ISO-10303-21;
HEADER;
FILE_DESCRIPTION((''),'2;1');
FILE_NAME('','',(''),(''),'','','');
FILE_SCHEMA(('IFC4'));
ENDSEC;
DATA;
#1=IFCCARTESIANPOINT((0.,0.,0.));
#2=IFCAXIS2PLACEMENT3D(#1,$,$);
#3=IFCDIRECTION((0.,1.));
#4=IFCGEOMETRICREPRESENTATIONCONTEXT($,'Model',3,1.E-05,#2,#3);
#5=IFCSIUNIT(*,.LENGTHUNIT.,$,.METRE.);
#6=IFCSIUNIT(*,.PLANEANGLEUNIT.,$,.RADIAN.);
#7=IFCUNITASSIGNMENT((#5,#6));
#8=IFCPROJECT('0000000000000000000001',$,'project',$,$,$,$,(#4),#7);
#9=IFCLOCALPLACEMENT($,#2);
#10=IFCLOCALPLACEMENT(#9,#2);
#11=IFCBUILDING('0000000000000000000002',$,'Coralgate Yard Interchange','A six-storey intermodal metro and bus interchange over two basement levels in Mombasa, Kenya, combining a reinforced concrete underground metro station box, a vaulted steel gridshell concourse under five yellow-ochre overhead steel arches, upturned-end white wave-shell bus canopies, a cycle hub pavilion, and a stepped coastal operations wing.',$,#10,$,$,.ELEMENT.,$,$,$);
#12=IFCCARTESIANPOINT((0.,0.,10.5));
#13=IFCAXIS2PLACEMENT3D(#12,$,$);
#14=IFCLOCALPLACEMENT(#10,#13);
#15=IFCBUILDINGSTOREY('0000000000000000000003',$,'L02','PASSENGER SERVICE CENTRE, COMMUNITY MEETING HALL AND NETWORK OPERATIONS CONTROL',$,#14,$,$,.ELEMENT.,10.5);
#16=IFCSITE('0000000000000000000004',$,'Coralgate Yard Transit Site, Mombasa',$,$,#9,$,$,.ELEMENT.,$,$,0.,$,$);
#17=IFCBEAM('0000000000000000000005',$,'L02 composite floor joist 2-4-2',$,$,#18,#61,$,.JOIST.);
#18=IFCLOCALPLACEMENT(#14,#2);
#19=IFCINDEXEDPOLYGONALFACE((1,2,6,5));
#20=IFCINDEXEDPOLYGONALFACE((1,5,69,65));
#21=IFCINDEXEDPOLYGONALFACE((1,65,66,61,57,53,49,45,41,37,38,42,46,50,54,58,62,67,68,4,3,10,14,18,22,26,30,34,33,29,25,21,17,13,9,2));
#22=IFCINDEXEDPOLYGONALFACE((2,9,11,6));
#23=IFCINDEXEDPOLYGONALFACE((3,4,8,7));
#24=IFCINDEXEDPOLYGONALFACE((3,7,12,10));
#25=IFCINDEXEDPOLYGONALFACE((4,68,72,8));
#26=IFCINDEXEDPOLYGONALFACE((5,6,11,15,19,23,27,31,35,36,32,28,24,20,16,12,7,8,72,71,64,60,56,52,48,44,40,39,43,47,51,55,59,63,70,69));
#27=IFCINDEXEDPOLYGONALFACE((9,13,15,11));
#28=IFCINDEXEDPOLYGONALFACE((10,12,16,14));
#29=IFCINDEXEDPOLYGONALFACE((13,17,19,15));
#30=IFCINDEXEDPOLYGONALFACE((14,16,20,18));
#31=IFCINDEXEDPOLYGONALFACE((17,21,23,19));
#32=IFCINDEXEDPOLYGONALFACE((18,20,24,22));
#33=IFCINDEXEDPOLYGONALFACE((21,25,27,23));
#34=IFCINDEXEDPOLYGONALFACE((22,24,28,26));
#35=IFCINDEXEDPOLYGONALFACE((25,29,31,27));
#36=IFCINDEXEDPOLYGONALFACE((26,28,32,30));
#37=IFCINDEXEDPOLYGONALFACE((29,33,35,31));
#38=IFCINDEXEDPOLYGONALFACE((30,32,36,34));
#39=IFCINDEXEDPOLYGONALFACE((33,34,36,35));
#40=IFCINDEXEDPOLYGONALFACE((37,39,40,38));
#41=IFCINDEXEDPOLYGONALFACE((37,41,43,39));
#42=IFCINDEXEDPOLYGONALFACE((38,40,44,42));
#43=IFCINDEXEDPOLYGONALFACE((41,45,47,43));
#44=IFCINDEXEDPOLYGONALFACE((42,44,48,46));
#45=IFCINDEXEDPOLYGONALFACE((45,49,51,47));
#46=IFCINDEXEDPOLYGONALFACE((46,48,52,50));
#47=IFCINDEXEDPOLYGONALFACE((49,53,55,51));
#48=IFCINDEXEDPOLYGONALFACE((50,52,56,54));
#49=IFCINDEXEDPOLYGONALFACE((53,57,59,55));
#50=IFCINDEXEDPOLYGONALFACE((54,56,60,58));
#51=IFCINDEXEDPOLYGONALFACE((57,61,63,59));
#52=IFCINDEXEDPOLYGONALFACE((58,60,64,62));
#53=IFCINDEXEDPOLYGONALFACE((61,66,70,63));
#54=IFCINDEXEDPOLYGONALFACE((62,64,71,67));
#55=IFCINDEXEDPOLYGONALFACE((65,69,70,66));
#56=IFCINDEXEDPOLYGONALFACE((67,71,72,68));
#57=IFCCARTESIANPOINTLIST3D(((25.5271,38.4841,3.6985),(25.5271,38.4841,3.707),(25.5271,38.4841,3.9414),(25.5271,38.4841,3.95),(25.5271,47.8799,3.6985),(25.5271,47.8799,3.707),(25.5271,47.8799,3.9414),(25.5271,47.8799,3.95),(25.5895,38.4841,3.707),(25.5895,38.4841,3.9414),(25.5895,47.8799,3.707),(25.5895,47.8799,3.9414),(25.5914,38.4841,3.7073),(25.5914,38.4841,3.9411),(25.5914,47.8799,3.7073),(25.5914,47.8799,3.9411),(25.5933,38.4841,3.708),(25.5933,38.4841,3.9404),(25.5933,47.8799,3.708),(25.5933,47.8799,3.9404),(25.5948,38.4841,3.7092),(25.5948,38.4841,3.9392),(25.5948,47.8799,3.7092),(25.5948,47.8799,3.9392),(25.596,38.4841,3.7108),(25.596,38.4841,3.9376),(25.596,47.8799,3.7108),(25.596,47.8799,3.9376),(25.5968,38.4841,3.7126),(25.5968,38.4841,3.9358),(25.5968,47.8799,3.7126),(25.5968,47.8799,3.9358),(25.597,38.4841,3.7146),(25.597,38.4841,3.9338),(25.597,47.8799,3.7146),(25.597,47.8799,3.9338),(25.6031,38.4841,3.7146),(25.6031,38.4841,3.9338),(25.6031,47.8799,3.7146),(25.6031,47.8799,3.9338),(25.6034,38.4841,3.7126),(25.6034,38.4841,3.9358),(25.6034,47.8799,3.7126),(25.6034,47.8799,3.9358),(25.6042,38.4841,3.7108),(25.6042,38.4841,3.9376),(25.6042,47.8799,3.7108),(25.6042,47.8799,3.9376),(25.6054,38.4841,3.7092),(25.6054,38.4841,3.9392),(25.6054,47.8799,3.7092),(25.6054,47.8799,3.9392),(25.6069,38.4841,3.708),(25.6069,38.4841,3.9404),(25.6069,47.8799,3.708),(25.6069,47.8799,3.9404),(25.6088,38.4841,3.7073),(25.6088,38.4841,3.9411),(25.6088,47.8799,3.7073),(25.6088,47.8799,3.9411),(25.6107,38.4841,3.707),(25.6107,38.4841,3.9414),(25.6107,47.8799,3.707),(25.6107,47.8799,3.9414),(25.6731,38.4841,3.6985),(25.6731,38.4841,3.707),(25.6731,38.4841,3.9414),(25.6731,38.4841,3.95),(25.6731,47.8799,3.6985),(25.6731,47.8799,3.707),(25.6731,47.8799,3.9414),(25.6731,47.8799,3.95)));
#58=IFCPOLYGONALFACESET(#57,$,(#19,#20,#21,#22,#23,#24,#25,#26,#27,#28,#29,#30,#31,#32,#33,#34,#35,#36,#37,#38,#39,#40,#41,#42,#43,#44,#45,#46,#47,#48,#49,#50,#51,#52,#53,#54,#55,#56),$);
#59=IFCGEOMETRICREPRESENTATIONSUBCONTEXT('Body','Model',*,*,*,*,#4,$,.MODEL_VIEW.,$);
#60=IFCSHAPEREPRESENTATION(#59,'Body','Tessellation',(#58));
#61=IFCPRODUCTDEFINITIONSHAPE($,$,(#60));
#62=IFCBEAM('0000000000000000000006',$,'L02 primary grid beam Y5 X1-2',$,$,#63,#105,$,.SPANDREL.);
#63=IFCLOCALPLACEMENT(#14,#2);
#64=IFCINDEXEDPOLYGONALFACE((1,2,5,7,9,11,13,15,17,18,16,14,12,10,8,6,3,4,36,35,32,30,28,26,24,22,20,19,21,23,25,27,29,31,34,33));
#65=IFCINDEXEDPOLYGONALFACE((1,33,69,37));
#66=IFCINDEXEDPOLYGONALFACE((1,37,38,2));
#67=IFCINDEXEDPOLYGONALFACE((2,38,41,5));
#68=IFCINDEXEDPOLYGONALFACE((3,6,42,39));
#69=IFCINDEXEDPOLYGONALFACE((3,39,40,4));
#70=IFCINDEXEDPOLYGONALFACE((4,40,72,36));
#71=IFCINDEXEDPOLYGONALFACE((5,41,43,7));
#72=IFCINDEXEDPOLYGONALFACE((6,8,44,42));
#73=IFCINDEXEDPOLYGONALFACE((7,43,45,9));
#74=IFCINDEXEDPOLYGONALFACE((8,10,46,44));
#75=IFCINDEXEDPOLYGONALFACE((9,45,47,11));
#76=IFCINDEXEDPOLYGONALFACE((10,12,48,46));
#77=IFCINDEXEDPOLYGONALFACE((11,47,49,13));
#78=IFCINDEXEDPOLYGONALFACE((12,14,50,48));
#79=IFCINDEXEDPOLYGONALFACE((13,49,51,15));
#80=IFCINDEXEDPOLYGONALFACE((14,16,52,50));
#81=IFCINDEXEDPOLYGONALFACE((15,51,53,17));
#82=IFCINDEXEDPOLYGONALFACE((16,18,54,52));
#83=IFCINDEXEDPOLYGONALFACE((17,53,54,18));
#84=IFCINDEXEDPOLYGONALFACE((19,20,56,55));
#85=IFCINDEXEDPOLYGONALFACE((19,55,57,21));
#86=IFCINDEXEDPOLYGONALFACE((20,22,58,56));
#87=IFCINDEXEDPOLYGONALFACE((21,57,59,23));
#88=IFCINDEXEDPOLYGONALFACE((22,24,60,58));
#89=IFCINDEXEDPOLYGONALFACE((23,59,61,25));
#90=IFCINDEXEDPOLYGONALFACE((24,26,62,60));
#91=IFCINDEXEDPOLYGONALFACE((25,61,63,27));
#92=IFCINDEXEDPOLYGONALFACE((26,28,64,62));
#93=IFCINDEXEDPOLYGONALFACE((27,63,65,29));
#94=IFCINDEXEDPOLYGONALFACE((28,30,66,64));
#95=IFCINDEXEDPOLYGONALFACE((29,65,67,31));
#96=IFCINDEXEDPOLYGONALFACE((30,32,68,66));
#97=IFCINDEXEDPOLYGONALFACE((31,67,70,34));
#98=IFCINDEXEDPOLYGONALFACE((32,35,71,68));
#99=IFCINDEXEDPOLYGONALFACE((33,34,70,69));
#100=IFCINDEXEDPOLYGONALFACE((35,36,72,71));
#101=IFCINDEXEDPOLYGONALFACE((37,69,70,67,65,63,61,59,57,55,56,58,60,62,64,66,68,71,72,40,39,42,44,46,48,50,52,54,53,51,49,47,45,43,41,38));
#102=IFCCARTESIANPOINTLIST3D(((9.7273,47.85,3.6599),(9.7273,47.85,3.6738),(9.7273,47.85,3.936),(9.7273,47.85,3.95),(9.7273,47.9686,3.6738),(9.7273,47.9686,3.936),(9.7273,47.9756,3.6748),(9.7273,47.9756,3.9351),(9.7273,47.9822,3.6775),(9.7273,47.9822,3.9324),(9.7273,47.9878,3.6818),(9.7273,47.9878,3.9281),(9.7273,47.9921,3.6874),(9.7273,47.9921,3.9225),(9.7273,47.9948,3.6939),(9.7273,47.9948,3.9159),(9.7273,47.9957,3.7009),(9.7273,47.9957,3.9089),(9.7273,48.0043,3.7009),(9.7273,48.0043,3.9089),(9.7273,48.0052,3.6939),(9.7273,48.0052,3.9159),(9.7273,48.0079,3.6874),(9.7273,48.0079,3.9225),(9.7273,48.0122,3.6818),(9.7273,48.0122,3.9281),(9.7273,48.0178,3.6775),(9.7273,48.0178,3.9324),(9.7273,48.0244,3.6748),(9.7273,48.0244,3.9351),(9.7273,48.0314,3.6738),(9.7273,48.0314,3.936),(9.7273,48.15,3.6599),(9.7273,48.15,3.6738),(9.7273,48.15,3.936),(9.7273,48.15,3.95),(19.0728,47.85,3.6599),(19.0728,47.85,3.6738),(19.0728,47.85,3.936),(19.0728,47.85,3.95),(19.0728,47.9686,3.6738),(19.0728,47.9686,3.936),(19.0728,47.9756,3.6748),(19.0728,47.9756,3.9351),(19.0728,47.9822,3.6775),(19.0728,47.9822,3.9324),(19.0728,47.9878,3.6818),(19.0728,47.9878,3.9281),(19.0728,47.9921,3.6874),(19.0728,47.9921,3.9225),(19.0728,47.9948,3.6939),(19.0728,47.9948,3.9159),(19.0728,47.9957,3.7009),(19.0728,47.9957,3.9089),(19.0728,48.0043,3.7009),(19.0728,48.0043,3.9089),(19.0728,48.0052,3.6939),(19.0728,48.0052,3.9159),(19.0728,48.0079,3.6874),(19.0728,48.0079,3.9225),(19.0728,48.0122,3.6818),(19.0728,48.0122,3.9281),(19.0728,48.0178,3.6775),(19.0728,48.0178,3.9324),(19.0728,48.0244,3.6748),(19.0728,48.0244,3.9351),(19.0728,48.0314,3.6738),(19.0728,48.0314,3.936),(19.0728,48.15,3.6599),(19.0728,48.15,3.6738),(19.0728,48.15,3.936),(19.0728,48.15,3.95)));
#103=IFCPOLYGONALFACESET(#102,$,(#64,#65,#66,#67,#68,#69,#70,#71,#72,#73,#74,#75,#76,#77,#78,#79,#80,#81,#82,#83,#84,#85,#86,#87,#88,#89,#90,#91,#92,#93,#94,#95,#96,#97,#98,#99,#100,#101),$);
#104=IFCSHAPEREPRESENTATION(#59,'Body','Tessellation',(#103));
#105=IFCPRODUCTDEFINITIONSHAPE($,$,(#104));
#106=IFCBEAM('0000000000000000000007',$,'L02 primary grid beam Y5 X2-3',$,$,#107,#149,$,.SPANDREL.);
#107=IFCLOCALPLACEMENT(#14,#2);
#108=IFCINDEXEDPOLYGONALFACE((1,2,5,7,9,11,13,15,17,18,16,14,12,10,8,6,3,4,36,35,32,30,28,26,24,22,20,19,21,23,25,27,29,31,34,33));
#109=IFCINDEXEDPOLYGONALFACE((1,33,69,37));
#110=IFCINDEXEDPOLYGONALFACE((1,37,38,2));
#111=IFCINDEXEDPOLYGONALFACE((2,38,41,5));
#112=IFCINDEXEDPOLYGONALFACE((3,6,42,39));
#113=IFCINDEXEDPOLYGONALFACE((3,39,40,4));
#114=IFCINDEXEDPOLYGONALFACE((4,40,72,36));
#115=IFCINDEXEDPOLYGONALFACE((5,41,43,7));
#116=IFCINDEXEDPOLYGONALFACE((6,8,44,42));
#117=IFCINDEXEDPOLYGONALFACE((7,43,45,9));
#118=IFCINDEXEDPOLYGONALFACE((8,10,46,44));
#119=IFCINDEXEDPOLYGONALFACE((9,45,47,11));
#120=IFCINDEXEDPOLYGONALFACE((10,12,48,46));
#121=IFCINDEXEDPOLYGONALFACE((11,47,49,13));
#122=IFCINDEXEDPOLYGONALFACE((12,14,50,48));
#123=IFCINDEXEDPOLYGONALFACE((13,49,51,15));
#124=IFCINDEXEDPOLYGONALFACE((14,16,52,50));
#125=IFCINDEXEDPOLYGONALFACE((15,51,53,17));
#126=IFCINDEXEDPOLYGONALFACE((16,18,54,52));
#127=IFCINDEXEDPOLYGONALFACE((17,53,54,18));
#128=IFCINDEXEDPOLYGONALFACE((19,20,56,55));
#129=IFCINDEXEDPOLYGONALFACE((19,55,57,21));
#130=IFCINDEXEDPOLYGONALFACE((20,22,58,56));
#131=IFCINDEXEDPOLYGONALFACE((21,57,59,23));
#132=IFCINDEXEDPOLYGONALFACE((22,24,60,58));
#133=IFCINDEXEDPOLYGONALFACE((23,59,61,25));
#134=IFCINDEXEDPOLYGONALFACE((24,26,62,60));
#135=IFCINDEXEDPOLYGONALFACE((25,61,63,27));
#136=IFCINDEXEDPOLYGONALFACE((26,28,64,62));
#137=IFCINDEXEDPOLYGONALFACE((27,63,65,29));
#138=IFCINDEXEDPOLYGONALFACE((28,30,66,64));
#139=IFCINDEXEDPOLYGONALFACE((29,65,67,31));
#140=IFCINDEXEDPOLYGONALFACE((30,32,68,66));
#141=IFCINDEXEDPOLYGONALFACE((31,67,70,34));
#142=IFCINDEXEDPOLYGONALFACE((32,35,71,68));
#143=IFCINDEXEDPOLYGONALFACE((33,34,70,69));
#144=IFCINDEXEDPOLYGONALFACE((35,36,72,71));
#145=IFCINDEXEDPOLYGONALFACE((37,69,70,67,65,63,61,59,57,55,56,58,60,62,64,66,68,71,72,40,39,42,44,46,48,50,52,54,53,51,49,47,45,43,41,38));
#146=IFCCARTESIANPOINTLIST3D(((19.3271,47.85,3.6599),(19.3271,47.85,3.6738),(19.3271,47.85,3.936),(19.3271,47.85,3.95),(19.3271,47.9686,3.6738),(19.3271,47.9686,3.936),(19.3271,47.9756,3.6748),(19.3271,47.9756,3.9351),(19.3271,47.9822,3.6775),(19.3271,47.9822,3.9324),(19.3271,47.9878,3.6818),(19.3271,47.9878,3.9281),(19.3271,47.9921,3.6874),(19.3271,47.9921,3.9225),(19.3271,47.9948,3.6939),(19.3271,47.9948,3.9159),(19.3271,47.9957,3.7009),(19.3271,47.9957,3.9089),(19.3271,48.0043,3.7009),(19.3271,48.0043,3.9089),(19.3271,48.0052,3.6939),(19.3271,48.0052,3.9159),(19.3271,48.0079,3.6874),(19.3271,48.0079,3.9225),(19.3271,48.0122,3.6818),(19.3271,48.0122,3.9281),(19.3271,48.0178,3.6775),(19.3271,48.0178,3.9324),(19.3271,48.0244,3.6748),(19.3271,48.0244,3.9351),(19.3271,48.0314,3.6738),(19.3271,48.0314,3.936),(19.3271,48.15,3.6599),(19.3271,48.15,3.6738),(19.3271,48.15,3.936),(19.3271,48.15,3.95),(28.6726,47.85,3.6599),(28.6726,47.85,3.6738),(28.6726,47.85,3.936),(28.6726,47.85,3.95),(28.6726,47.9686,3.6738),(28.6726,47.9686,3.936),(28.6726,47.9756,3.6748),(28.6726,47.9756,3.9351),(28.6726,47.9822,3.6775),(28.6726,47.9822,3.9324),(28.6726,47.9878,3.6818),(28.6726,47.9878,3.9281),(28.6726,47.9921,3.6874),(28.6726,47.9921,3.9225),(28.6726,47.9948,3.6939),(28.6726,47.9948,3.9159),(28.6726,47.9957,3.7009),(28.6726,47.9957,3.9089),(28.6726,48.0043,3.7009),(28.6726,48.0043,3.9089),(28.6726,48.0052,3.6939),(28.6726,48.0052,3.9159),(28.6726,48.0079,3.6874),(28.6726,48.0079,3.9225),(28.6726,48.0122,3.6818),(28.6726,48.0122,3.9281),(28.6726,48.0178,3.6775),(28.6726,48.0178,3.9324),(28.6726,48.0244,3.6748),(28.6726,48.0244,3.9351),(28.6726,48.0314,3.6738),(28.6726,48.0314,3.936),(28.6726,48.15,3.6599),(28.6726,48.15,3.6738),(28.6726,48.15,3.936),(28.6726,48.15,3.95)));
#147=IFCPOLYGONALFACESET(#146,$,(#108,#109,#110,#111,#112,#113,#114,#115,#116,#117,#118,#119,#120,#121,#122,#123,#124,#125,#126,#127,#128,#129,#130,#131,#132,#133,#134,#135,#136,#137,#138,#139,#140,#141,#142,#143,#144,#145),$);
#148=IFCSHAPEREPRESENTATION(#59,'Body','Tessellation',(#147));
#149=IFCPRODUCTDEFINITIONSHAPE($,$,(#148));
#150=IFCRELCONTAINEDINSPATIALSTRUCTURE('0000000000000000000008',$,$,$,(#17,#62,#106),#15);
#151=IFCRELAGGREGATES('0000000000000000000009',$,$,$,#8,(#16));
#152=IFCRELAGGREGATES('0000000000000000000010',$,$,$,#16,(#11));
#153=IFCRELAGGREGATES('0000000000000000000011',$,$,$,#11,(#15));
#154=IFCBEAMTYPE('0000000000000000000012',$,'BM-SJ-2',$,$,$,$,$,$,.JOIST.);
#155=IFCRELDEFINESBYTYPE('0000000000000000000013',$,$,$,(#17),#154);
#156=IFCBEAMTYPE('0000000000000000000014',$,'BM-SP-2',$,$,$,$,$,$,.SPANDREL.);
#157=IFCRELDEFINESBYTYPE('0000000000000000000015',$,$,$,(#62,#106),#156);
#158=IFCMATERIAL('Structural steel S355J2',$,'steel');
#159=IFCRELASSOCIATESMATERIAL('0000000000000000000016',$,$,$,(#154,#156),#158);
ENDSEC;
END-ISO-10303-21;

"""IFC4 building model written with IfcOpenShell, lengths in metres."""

from ifc_helpers import new_model, si_unit, direction, frame, origin, origin_2d, place, context, subcontext, project, spatial, i_section, extrude, material, material_profile, profile_set, type_object, element, save


model = new_model("IFC4")

# Units and contexts
model_context = context("Model", 3, precision=1e-05, world=origin(), true_north=direction((0.0, 1.0)))
body_context = subcontext(model_context, "Body", "Model", "MODEL_VIEW")
ifc_project = project(units=[si_unit("LENGTHUNIT", "METRE"), si_unit("PLANEANGLEUNIT", "RADIAN")], contexts=[model_context])

# Site, building, storey
site_placement = place(None, origin())
site = spatial("IfcSite", under=ifc_project, at=site_placement, Name="Coralgate Yard Transit Site, Mombasa", CompositionType="ELEMENT", RefElevation=0.0)
building_placement = place(site_placement, origin())
building = spatial("IfcBuilding", under=site, at=building_placement, Name="Coralgate Yard Interchange", Description="A six-storey intermodal metro and bus interchange over two basement levels in Mombasa, Kenya, combining a reinforced concrete underground metro station box, a vaulted steel gridshell concourse under five yellow-ochre overhead steel arches, upturned-end white wave-shell bus canopies, a cycle hub pavilion, and a stepped coastal operations wing.", CompositionType="ELEMENT")
storey_placement = place(building_placement, frame((0.0, 0.0, 10.5)))
storey = spatial("IfcBuildingStorey", under=building, at=storey_placement, Name="L02", Description="PASSENGER SERVICE CENTRE, COMMUNITY MEETING HALL AND NETWORK OPERATIONS CONTROL", CompositionType="ELEMENT", Elevation=10.5)

# Shared definitions
ifc_material_1 = material(Name="Structural steel S355J2", Category="steel")

# Beams
ifc_material_profile_1 = material_profile(ifc_material_1, i_section(OverallWidth=0.146, OverallDepth=0.2515, WebThickness=0.0061, FlangeThickness=0.0085, FilletRadius=0.0076, at=origin_2d()), Name="UB 254x146x31")
ifc_profile_set_1 = profile_set([ifc_material_profile_1], Name="Structural steel S355J2")
beam_type_1 = type_object("IfcBeamType", Name="BM-SJ-2", PredefinedType="JOIST", material=ifc_profile_set_1)
for number, where, z_axis, x_axis, name in (
    (1, (25.6001, 38.4841, 3.8242), (0.0, 1.0, 0.0), (-1.0, 0.0, 0.0), "L02 composite floor joist 2-4-2"),
):
    element("IfcBeam", number, at=place(storey_placement, frame(where, z_axis=z_axis, x_axis=x_axis)), inside=storey, type_object=beam_type_1, Name=name, PredefinedType="JOIST", context=body_context, shape_type="SweptSolid", body=[
        extrude(i_section(OverallWidth=0.146, OverallDepth=0.2515, WebThickness=0.0061, FlangeThickness=0.0085, FilletRadius=0.0076, at=origin_2d()), origin(), (0.0, 0.0, 1.0), 9.3958),
    ])
ifc_material_profile_2 = material_profile(ifc_material_1, i_section(OverallWidth=0.3, OverallDepth=0.29, WebThickness=0.0085, FlangeThickness=0.0139, FilletRadius=0.0271, at=origin_2d()), Name="HEA 300")
ifc_profile_set_2 = profile_set([ifc_material_profile_2], Name="Structural steel S355J2")
beam_type_2 = type_object("IfcBeamType", Name="BM-SP-2", PredefinedType="SPANDREL", material=ifc_profile_set_2)
for number, where, z_axis, x_axis, name in (
    (2, (9.7273, 48.0, 3.8049), (1.0, 0.0, 0.0), (0.0, 1.0, 0.0), "L02 primary grid beam Y5 X1-2"),
    (3, (19.3271, 48.0, 3.8049), (1.0, 0.0, 0.0), (0.0, 1.0, 0.0), "L02 primary grid beam Y5 X2-3"),
):
    element("IfcBeam", number, at=place(storey_placement, frame(where, z_axis=z_axis, x_axis=x_axis)), inside=storey, type_object=beam_type_2, Name=name, PredefinedType="SPANDREL", context=body_context, shape_type="SweptSolid", body=[
        extrude(i_section(OverallWidth=0.3, OverallDepth=0.29, WebThickness=0.0085, FlangeThickness=0.0139, FilletRadius=0.0271, at=origin_2d()), origin(), (0.0, 0.0, 1.0), 9.3455),
    ])

save(model, "model.ifc")
